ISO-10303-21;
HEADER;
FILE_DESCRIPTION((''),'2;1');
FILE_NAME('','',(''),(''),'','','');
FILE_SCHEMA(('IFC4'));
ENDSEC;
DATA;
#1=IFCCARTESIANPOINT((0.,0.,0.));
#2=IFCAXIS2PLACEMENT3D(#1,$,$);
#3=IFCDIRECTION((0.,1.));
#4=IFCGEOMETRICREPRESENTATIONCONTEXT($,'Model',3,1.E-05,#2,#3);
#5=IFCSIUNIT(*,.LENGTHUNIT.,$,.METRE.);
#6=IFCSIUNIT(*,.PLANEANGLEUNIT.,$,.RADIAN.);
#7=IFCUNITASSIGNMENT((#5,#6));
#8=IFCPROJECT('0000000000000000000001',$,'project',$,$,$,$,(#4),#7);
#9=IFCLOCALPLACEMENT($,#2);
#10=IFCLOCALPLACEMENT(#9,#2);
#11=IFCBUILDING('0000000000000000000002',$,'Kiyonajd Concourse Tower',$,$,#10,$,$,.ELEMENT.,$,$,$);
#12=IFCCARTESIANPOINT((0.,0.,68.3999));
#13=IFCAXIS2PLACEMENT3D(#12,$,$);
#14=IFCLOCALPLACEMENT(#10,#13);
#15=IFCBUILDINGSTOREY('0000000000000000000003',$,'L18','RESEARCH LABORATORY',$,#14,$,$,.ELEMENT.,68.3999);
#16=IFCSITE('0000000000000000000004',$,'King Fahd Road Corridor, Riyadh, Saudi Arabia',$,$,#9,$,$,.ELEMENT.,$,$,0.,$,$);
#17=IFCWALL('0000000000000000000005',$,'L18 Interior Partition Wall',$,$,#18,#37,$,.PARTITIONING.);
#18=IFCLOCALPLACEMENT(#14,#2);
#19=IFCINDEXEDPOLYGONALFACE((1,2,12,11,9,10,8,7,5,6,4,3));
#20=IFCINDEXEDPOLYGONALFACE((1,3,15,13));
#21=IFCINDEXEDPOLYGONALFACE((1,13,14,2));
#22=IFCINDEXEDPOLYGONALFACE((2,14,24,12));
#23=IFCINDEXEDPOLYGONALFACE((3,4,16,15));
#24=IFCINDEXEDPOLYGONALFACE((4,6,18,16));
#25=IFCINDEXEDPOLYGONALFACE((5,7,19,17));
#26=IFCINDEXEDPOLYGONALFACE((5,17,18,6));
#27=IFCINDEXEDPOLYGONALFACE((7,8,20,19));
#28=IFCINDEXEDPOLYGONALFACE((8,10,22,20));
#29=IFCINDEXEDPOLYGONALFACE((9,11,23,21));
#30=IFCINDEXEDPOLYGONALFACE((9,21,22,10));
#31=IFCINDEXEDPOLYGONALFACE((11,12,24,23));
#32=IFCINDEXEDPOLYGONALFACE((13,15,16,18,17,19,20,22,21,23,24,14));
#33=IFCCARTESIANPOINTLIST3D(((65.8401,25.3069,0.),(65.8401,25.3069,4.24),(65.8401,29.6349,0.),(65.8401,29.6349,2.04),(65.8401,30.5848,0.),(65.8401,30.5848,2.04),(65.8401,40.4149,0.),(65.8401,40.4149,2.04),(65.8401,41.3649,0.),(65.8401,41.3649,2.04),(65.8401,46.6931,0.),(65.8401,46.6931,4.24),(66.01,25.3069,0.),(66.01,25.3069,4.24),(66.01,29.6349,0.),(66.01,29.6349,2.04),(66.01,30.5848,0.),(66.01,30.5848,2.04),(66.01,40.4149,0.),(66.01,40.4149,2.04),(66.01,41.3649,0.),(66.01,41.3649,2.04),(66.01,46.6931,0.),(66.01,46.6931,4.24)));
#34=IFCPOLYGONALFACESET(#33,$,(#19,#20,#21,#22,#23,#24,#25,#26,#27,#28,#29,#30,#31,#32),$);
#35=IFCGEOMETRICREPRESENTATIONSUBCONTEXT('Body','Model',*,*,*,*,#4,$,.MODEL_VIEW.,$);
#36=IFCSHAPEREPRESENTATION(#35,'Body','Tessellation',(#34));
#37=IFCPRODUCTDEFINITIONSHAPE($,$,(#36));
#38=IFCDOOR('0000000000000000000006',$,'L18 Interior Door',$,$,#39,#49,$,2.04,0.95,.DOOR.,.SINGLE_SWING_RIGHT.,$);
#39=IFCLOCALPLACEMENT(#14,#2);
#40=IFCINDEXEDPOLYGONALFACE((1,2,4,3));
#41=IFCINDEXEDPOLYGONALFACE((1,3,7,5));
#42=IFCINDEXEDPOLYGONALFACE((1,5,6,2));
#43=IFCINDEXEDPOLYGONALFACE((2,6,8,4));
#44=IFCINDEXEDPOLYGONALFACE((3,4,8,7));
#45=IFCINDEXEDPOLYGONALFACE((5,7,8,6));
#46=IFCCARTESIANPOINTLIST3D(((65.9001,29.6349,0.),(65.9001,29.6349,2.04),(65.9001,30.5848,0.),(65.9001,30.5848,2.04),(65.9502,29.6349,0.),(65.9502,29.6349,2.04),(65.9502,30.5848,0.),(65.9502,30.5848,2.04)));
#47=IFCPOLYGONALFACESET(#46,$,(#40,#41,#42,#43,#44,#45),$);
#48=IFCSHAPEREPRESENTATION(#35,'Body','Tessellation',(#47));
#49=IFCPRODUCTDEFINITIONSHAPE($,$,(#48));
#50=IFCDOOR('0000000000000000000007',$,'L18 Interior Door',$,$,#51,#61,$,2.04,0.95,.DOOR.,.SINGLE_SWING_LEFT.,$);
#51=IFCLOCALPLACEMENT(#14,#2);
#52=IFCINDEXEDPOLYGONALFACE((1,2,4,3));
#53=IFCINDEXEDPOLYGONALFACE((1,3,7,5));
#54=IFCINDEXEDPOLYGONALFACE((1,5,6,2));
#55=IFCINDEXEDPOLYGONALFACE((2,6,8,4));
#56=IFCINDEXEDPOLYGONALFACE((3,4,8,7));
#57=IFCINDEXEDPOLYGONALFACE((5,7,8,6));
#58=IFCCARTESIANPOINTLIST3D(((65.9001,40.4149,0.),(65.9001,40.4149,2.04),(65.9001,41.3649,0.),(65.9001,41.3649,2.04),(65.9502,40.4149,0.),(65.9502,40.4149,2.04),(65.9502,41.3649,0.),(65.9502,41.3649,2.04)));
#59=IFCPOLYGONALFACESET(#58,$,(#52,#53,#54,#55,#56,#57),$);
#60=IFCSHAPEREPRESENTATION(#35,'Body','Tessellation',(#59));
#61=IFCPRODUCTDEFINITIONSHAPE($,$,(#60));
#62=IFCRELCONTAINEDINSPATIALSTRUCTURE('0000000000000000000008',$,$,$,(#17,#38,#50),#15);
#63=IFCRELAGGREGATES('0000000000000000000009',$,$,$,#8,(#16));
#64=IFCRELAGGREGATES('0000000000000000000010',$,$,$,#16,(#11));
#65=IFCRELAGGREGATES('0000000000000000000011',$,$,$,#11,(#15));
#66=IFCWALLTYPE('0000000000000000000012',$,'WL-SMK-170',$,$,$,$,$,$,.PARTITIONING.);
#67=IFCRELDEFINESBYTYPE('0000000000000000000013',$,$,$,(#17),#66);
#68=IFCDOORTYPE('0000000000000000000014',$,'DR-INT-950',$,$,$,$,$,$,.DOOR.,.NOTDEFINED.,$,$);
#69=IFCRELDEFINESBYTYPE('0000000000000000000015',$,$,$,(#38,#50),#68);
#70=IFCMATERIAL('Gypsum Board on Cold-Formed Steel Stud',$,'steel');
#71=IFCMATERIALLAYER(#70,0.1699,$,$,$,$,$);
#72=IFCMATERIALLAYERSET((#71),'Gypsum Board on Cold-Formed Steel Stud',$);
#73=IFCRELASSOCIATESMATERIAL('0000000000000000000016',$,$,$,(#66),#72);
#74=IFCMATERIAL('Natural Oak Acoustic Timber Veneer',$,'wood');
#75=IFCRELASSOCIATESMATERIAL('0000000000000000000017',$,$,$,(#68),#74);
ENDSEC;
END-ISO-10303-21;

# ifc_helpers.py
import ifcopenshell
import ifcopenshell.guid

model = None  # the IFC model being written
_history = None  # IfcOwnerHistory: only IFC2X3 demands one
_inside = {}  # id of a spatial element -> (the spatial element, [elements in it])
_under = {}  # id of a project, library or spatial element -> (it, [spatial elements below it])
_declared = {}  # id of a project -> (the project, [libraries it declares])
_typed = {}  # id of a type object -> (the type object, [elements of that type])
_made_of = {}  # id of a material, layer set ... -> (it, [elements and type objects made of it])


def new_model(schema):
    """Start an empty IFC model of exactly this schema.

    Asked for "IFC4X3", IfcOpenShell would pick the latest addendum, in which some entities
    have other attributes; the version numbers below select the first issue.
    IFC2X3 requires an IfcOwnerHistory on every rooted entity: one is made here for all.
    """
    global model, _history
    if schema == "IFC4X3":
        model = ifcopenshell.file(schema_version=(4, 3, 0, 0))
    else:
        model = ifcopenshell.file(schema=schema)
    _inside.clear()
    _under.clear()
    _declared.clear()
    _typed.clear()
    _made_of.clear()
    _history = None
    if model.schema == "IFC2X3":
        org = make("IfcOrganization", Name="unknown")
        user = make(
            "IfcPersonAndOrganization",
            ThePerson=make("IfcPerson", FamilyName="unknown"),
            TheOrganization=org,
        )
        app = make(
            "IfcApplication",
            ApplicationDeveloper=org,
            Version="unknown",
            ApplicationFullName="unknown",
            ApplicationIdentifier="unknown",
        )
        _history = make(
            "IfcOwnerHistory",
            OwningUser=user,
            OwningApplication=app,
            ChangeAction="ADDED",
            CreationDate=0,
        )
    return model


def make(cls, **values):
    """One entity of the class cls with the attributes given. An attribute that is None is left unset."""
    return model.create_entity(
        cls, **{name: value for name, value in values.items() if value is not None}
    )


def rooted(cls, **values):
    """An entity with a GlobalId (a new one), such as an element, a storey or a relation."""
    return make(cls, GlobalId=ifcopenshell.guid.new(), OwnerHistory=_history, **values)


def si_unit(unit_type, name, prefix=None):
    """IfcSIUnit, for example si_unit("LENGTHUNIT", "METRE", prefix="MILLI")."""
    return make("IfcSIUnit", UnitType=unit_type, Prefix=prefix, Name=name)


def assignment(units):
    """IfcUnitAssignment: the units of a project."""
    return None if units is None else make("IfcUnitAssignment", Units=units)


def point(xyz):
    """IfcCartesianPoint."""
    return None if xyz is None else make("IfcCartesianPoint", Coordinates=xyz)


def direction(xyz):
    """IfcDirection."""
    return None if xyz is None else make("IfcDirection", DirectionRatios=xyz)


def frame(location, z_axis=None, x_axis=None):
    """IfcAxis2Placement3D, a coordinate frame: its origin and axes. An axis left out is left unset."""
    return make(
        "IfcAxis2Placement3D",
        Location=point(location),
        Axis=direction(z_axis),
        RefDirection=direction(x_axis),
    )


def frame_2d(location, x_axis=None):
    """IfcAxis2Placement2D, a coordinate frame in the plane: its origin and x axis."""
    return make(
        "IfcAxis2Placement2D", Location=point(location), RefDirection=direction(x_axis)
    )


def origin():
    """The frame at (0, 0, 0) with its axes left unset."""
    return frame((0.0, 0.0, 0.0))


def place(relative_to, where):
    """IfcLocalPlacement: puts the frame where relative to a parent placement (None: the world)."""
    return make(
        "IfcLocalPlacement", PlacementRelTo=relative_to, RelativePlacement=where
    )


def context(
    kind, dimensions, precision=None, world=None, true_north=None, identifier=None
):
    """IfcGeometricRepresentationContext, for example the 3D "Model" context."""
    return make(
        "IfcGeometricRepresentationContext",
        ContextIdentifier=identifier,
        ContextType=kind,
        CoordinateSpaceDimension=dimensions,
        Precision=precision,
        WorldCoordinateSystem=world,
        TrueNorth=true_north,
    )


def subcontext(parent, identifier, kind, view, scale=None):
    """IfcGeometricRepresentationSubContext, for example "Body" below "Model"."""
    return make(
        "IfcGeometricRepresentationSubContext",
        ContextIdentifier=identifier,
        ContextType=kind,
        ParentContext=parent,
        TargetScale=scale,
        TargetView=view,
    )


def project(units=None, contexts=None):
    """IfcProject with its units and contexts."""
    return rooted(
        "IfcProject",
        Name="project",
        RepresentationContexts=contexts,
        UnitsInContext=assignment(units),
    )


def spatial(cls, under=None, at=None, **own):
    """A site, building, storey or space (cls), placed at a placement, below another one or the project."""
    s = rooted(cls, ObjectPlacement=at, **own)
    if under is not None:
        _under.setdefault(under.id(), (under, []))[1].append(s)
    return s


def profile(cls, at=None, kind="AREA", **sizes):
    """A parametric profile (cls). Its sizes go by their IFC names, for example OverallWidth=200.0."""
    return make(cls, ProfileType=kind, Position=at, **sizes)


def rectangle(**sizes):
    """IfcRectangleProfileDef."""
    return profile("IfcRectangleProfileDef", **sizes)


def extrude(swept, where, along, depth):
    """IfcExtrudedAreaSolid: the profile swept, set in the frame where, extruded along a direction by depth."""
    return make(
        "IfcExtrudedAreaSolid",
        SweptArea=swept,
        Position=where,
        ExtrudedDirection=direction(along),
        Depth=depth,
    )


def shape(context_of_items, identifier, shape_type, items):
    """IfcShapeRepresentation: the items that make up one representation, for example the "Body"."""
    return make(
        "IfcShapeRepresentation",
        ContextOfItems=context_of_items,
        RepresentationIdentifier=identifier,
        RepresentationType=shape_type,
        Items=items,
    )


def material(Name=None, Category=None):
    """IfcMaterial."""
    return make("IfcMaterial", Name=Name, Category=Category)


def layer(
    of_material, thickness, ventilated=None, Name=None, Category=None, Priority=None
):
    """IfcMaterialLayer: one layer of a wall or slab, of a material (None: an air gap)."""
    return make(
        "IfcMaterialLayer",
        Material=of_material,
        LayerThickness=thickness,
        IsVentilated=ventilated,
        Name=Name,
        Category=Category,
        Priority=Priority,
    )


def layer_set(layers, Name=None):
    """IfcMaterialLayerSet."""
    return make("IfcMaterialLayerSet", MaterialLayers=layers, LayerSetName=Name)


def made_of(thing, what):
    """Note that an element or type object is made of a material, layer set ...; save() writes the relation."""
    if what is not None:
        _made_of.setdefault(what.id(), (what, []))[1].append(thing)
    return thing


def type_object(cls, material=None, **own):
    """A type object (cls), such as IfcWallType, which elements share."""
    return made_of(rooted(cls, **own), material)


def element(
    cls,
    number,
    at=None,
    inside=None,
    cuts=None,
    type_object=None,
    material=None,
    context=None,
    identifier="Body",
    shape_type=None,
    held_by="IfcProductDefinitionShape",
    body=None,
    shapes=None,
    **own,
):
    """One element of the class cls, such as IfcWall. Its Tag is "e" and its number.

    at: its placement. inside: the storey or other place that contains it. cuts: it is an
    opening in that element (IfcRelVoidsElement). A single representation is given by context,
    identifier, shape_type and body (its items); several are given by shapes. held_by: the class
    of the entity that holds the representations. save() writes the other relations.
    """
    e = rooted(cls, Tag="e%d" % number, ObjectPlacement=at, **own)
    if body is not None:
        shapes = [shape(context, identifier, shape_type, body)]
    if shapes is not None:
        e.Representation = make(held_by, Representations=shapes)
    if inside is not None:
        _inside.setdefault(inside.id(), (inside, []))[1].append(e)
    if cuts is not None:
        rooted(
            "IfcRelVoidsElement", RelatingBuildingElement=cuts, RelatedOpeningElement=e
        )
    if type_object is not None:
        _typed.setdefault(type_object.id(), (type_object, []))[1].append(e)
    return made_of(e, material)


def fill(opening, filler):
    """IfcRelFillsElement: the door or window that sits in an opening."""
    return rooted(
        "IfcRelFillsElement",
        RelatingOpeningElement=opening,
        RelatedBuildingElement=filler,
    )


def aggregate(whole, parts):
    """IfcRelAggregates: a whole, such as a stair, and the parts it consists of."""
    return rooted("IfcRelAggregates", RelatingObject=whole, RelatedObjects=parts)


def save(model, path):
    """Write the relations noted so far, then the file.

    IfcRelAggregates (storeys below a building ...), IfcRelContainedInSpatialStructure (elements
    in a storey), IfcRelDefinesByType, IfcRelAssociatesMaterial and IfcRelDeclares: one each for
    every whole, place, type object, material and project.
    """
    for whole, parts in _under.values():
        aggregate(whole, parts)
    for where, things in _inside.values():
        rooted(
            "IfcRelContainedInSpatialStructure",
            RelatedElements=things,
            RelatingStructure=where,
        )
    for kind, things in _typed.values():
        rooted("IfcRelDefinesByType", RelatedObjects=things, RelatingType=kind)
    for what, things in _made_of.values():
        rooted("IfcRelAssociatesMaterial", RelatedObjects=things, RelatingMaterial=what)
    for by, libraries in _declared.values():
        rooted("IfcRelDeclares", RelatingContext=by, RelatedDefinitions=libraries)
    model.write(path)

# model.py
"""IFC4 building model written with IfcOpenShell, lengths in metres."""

from ifc_helpers import new_model, si_unit, direction, frame, frame_2d, origin, place, context, subcontext, project, spatial, rectangle, extrude, material, layer, layer_set, type_object, element, fill, save


model = new_model("IFC4")

# Units and contexts
model_context = context("Model", 3, precision=1e-05, world=origin(), true_north=direction((0.0, 1.0)))
body_context = subcontext(model_context, "Body", "Model", "MODEL_VIEW")
ifc_project = project(units=[si_unit("LENGTHUNIT", "METRE"), si_unit("PLANEANGLEUNIT", "RADIAN")], contexts=[model_context])

# Site, building, storey
site_placement = place(None, origin())
site = spatial("IfcSite", under=ifc_project, at=site_placement, Name="King Fahd Road Corridor, Riyadh, Saudi Arabia", CompositionType="ELEMENT", RefElevation=0.0)
building_placement = place(site_placement, origin())
building = spatial("IfcBuilding", under=site, at=building_placement, Name="Kiyonajd Concourse Tower", CompositionType="ELEMENT")
storey_placement = place(building_placement, frame((0.0, 0.0, 68.3999)))
storey = spatial("IfcBuildingStorey", under=building, at=storey_placement, Name="L18", Description="RESEARCH LABORATORY", CompositionType="ELEMENT", Elevation=68.3999)

# Wall, openings, doors
ifc_material_1 = material(Name="Gypsum Board on Cold-Formed Steel Stud", Category="steel")
ifc_layer_1 = layer(ifc_material_1, 0.1699)
ifc_layer_set_1 = layer_set([ifc_layer_1], Name="Gypsum Board on Cold-Formed Steel Stud")
wall_type = type_object("IfcWallType", Name="WL-SMK-170", PredefinedType="PARTITIONING", material=ifc_layer_set_1)
wall_placement = place(storey_placement, frame((65.925, 25.3069, 0.0), z_axis=(0.0, 0.0, 1.0), x_axis=(0.0, 1.0, 0.0)))
wall = element("IfcWall", 1, at=wall_placement, inside=storey, type_object=wall_type, Name="L18 Interior Partition Wall", PredefinedType="PARTITIONING", context=body_context, shape_type="SweptSolid", body=[
    extrude(rectangle(XDim=21.3862, YDim=0.1699, at=frame_2d((10.6931, 0.0))), origin(), (0.0, 0.0, 1.0), 4.24),
])
opening_1_placement = place(wall_placement, frame((4.3279, 0.0, 0.0)))
opening_1 = element("IfcOpeningElement", 2, at=opening_1_placement, cuts=wall, PredefinedType="OPENING", context=body_context, shape_type="SweptSolid", body=[
    extrude(rectangle(XDim=0.95, YDim=2.04, at=frame_2d((0.4751, 1.02))), frame((0.0, 0.095, 0.0), z_axis=(0.0, -1.0, 0.0), x_axis=(1.0, 0.0, 0.0)), (0.0, 0.0, 1.0), 0.1899),
])
opening_2_placement = place(wall_placement, frame((15.1079, 0.0, 0.0)))
opening_2 = element("IfcOpeningElement", 3, at=opening_2_placement, cuts=wall, PredefinedType="OPENING", context=body_context, shape_type="SweptSolid", body=[
    extrude(rectangle(XDim=0.95, YDim=2.04, at=frame_2d((0.4751, 1.02))), frame((0.0, 0.095, 0.0), z_axis=(0.0, -1.0, 0.0), x_axis=(1.0, 0.0, 0.0)), (0.0, 0.0, 1.0), 0.1899),
])
ifc_material_2 = material(Name="Natural Oak Acoustic Timber Veneer", Category="wood")
door_type = type_object("IfcDoorType", Name="DR-INT-950", OperationType="NOTDEFINED", PredefinedType="DOOR", material=ifc_material_2)
door_1_placement = place(opening_1_placement, origin())
door_1 = element("IfcDoor", 4, at=door_1_placement, inside=storey, type_object=door_type, Name="L18 Interior Door", OperationType="SINGLE_SWING_RIGHT", OverallHeight=2.04, OverallWidth=0.95, PredefinedType="DOOR", context=body_context, shape_type="SweptSolid", body=[
    extrude(rectangle(XDim=0.95, YDim=2.04, at=frame_2d((0.4751, 1.02))), frame((0.0, 0.0249, 0.0), z_axis=(0.0, -1.0, 0.0), x_axis=(1.0, 0.0, 0.0)), (0.0, 0.0, 1.0), 0.05),
])
fill(opening_1, door_1)
door_2_placement = place(opening_2_placement, origin())
door_2 = element("IfcDoor", 5, at=door_2_placement, inside=storey, type_object=door_type, Name="L18 Interior Door", OperationType="SINGLE_SWING_LEFT", OverallHeight=2.04, OverallWidth=0.95, PredefinedType="DOOR", context=body_context, shape_type="SweptSolid", body=[
    extrude(rectangle(XDim=0.95, YDim=2.04, at=frame_2d((0.4751, 1.02))), frame((0.0, 0.0249, 0.0), z_axis=(0.0, -1.0, 0.0), x_axis=(1.0, 0.0, 0.0)), (0.0, 0.0, 1.0), 0.05),
])
fill(opening_2, door_2)

save(model, "model.ifc")
